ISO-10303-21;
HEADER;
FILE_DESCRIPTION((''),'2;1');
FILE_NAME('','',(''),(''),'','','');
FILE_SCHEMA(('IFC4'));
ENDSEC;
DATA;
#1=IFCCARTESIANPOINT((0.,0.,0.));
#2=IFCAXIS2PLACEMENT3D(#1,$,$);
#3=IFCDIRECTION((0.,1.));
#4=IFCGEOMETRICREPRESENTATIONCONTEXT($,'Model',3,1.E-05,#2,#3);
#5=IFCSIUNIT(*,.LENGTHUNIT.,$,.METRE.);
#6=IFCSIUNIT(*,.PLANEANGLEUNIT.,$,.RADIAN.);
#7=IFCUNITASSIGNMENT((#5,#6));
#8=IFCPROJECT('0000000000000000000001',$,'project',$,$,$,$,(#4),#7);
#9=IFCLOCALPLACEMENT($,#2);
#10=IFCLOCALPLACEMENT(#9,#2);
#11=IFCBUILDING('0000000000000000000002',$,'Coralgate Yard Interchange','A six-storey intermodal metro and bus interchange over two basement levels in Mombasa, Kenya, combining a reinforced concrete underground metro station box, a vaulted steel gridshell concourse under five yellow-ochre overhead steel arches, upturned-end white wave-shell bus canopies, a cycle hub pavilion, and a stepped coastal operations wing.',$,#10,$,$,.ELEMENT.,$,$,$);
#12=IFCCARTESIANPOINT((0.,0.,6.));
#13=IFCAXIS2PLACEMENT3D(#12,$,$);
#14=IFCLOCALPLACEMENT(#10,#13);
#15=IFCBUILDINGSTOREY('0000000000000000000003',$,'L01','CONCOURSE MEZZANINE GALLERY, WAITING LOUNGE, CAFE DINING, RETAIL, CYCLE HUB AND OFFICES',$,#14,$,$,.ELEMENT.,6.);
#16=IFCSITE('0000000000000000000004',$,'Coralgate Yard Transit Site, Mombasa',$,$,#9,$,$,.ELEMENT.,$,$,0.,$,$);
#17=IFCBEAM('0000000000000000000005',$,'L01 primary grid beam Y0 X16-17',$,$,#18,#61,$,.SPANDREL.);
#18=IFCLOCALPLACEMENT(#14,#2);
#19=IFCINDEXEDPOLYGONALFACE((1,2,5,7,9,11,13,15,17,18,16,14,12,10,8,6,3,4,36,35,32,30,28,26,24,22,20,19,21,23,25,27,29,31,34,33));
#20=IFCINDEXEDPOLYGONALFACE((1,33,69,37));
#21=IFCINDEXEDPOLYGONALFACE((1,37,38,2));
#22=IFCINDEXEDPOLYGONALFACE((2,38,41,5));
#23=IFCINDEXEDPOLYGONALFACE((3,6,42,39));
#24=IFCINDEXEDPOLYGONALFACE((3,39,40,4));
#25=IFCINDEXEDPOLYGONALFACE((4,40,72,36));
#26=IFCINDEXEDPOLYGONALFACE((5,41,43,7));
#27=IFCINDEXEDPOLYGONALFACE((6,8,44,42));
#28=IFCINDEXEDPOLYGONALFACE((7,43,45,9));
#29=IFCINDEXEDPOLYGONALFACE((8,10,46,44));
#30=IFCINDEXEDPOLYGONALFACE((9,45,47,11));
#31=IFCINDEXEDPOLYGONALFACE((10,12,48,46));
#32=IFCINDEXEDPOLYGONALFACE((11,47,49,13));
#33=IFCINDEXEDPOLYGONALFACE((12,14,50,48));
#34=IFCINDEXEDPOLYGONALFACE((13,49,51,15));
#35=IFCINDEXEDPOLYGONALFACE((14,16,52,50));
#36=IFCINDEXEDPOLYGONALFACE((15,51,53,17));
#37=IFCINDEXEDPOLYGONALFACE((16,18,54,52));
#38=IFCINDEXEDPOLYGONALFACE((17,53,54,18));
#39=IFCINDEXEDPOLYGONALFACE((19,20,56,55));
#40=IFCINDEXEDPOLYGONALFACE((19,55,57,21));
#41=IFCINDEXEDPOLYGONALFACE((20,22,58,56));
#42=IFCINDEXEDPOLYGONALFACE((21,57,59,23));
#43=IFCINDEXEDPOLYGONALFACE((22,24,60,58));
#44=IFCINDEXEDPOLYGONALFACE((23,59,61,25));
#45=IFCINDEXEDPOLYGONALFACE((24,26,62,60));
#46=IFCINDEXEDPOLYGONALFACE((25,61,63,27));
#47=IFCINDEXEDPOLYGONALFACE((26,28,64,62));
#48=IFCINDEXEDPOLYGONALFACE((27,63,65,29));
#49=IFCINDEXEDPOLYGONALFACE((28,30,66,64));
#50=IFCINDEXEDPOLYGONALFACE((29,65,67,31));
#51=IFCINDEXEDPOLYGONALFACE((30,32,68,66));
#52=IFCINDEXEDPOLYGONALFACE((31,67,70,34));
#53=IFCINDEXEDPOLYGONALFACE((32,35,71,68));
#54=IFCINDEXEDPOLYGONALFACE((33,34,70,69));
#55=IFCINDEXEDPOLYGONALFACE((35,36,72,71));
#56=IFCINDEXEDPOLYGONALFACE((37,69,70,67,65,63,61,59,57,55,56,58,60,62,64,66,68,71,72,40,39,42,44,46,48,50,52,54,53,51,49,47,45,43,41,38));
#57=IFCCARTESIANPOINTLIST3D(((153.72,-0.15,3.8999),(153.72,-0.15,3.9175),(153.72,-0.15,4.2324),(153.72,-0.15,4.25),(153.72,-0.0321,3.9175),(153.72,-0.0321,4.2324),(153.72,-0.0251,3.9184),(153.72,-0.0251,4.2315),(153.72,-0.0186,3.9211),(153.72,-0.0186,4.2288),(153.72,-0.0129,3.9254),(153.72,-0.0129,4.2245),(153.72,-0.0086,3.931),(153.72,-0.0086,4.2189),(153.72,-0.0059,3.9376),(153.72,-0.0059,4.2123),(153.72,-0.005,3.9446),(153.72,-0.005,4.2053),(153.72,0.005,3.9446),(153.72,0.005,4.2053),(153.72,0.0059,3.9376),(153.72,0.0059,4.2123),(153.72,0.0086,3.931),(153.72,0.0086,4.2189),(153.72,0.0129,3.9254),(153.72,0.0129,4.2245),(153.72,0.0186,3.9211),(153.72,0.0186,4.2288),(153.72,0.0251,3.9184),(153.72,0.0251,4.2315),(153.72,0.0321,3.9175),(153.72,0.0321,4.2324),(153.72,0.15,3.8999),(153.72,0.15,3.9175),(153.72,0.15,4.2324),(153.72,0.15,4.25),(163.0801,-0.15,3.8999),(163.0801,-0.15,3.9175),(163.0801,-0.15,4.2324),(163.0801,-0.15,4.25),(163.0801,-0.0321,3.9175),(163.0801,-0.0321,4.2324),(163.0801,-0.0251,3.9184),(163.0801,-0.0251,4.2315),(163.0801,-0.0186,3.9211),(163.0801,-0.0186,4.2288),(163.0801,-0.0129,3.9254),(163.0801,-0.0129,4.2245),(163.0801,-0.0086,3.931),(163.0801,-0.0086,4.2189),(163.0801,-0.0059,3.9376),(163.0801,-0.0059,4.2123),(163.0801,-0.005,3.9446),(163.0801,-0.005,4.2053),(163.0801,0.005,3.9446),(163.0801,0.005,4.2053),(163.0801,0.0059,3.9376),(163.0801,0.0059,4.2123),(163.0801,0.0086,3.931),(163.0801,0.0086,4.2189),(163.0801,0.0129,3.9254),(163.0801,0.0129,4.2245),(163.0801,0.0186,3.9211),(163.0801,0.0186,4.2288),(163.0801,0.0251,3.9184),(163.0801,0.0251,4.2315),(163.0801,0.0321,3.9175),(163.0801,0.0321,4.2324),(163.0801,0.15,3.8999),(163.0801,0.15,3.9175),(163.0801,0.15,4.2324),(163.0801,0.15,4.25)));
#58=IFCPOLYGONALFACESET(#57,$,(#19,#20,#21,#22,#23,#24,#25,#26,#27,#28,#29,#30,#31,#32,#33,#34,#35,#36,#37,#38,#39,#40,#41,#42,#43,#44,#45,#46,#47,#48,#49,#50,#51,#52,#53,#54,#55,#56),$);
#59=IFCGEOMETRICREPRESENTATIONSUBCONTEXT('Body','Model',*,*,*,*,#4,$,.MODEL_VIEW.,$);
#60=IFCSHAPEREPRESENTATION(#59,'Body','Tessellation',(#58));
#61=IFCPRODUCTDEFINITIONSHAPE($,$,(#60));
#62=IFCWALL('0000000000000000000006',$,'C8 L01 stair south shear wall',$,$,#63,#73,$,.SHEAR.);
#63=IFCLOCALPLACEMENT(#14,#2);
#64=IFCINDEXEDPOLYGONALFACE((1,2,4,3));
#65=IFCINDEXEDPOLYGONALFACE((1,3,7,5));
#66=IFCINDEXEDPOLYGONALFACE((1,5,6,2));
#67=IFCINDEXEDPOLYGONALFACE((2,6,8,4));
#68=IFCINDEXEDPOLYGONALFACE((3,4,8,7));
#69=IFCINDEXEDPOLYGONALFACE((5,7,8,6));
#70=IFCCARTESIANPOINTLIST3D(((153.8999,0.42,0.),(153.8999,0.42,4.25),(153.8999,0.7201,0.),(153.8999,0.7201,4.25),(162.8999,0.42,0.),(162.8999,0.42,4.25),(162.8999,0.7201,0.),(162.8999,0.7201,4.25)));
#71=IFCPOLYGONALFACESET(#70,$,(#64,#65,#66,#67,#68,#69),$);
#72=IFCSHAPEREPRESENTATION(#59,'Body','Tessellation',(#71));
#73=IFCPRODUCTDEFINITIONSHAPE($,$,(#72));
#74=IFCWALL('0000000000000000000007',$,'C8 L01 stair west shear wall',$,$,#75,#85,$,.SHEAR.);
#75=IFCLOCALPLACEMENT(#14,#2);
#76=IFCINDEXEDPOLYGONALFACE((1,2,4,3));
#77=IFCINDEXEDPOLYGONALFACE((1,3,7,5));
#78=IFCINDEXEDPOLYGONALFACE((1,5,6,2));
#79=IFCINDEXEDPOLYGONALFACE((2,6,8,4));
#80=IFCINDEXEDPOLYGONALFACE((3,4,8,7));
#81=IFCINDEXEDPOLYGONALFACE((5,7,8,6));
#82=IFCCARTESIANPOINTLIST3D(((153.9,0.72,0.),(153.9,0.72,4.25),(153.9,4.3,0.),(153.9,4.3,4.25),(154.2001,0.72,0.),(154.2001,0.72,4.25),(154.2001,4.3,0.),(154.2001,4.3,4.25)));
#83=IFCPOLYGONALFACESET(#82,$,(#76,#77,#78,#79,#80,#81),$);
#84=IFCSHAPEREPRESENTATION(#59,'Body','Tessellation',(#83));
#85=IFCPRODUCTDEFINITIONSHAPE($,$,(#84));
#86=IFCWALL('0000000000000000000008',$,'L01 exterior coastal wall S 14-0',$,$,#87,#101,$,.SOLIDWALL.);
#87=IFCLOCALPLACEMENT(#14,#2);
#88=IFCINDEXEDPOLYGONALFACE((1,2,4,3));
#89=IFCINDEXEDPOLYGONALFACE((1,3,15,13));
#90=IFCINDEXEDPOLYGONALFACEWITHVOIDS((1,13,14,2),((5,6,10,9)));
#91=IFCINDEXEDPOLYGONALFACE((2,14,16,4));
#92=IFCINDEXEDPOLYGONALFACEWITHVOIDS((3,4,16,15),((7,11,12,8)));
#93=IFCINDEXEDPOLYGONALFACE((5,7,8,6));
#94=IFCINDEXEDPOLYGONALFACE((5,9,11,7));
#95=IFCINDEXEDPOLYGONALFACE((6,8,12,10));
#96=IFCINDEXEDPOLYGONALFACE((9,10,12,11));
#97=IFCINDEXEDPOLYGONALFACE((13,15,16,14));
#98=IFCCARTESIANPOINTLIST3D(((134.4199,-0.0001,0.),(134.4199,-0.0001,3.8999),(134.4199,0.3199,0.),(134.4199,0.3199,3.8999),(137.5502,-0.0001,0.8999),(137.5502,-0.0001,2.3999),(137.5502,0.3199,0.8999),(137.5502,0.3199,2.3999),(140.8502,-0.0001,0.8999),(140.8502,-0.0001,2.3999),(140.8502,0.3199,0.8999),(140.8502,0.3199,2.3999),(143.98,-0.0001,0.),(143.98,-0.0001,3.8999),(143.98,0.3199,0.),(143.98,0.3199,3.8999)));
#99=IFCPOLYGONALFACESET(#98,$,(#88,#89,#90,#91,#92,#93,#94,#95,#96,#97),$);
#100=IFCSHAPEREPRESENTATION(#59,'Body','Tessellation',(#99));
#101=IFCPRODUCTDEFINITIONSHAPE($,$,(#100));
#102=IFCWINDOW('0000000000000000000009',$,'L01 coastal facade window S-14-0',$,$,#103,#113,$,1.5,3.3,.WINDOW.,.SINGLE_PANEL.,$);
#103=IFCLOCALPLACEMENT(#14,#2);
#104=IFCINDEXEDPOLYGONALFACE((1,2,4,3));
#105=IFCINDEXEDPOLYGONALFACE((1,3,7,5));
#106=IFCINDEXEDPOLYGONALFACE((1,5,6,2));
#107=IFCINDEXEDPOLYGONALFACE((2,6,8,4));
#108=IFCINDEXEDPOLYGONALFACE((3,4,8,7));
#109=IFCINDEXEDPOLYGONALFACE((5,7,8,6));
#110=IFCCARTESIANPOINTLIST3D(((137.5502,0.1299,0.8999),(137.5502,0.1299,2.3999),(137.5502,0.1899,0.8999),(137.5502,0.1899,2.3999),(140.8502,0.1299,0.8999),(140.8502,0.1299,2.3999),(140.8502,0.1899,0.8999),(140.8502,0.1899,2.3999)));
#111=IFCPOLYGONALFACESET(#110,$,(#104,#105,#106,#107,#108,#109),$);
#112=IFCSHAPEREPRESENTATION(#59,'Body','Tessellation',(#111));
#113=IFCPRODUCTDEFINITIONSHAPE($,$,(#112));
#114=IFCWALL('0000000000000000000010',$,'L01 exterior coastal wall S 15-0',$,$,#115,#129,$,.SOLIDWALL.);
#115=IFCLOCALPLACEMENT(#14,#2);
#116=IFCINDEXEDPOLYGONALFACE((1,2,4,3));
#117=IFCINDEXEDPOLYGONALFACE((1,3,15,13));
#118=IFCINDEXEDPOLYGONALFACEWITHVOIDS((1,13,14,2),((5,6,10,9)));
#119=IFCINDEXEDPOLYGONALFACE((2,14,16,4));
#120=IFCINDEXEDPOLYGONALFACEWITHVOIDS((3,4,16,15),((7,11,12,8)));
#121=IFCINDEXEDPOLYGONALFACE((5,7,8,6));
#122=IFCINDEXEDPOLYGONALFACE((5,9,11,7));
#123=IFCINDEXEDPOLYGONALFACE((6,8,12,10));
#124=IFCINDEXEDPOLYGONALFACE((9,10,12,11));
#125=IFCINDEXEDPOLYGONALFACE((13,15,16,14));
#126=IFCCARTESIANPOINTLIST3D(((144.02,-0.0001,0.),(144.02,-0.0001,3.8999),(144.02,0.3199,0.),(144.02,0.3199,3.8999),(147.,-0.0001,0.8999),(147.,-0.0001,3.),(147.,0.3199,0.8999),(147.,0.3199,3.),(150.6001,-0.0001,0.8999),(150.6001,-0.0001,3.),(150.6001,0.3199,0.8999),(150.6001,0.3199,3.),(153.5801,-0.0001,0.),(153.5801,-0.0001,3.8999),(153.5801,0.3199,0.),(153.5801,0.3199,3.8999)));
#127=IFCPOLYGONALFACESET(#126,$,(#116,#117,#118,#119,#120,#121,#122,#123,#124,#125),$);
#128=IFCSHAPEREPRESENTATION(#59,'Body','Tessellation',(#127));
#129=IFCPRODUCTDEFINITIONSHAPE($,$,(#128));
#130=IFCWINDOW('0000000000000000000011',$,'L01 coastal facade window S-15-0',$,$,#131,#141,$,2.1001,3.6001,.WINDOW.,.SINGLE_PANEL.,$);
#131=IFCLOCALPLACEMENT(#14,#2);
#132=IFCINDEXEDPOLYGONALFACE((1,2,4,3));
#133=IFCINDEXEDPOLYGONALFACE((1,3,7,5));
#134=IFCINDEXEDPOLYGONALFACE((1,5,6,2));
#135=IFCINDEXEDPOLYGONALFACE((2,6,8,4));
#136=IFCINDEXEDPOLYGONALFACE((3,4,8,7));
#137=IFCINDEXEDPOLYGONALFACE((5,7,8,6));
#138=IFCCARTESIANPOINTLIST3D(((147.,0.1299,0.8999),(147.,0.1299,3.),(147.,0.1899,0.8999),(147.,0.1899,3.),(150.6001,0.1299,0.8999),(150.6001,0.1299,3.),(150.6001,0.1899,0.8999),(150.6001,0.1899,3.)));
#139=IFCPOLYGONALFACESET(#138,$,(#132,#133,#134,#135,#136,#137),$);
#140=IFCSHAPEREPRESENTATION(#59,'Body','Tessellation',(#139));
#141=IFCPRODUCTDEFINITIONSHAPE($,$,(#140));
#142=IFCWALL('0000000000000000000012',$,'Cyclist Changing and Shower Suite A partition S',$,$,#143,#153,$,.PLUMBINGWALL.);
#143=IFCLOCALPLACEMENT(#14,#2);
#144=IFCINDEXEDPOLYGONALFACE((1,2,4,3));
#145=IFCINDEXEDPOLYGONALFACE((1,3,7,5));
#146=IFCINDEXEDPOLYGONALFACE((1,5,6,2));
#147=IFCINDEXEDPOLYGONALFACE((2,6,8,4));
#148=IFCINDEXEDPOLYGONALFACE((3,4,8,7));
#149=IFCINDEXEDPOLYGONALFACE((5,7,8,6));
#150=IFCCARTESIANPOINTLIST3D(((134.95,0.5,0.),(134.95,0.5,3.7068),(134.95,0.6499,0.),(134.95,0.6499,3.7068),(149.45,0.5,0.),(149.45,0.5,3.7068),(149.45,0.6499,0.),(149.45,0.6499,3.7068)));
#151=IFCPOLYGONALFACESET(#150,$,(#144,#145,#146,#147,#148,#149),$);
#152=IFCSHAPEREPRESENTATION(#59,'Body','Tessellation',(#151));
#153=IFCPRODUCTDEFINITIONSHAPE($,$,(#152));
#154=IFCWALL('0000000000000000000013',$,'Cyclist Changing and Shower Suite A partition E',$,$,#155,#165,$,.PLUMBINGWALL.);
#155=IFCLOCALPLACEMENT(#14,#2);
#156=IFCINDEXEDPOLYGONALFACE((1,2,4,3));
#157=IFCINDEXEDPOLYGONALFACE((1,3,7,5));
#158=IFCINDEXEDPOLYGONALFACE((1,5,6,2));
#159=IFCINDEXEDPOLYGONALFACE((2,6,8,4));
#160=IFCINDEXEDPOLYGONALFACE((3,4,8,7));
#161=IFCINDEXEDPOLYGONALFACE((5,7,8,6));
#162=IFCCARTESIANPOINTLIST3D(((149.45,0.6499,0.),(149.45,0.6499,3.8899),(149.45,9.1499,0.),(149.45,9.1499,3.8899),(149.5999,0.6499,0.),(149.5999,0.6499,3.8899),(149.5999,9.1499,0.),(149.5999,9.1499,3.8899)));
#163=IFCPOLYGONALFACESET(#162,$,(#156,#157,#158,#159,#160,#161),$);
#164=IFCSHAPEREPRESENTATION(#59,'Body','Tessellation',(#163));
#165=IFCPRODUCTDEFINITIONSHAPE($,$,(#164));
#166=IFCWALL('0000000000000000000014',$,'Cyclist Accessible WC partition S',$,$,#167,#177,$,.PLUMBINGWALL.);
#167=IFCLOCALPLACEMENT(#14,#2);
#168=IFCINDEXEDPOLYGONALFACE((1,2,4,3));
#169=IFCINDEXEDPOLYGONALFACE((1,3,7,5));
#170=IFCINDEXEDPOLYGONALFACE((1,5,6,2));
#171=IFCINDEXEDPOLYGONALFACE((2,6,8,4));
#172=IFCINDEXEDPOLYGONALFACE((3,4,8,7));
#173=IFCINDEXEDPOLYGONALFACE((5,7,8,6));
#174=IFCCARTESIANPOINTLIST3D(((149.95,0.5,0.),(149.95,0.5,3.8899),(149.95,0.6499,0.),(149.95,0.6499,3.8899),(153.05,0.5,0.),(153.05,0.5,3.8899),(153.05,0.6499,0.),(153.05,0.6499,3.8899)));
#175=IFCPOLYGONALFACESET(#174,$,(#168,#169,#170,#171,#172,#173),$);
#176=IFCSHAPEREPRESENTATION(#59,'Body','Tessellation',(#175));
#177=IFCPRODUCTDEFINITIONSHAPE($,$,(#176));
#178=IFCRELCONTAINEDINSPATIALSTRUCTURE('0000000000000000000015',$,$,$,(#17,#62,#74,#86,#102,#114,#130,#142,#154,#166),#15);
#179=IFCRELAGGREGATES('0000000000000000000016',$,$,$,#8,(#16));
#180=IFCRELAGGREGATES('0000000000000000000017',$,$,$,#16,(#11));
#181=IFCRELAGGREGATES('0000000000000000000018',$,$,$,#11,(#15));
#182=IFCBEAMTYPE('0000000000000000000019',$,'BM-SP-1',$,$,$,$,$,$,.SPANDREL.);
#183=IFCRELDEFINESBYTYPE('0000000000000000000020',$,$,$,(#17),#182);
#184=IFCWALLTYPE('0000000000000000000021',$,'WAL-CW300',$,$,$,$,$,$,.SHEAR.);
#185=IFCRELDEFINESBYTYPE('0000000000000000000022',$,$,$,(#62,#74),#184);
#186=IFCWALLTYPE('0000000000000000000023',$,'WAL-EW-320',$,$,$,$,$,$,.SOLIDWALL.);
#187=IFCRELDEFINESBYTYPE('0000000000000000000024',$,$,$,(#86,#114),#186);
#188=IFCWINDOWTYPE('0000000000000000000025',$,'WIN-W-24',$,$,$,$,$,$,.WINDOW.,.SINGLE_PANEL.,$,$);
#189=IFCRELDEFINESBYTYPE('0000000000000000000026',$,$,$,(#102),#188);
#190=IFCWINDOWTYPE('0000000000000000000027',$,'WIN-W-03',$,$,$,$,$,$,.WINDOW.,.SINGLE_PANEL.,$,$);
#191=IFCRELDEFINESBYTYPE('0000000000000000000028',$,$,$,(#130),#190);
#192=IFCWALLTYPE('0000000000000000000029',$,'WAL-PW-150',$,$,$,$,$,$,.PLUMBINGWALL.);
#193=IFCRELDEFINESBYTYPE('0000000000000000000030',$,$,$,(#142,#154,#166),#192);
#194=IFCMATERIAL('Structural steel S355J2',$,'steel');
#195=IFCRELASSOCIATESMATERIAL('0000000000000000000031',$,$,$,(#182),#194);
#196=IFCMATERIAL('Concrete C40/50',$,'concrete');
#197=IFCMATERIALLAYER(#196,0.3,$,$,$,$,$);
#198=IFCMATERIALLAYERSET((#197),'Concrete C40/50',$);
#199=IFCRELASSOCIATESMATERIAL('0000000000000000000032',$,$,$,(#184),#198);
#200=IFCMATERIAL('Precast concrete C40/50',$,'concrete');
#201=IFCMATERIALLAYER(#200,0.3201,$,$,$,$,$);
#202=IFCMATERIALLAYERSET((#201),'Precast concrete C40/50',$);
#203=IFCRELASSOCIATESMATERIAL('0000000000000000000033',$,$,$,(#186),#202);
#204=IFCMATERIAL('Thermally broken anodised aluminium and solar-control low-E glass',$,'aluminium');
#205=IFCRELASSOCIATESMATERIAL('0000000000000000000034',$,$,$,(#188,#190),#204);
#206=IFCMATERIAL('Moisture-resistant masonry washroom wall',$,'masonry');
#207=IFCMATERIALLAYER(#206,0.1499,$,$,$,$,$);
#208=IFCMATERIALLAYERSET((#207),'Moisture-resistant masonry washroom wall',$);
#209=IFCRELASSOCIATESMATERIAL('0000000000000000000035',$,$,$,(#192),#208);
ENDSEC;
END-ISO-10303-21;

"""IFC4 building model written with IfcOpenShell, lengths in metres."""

from ifc_helpers import new_model, si_unit, direction, frame, frame_2d, origin, origin_2d, place, context, subcontext, project, spatial, rectangle, i_section, extrude, material, layer, layer_set, material_profile, profile_set, type_object, element, fill, save


model = new_model("IFC4")

# Units and contexts
model_context = context("Model", 3, precision=1e-05, world=origin(), true_north=direction((0.0, 1.0)))
body_context = subcontext(model_context, "Body", "Model", "MODEL_VIEW")
ifc_project = project(units=[si_unit("LENGTHUNIT", "METRE"), si_unit("PLANEANGLEUNIT", "RADIAN")], contexts=[model_context])

# Site, building, storey
site_placement = place(None, origin())
site = spatial("IfcSite", under=ifc_project, at=site_placement, Name="Coralgate Yard Transit Site, Mombasa", CompositionType="ELEMENT", RefElevation=0.0)
building_placement = place(site_placement, origin())
building = spatial("IfcBuilding", under=site, at=building_placement, Name="Coralgate Yard Interchange", Description="A six-storey intermodal metro and bus interchange over two basement levels in Mombasa, Kenya, combining a reinforced concrete underground metro station box, a vaulted steel gridshell concourse under five yellow-ochre overhead steel arches, upturned-end white wave-shell bus canopies, a cycle hub pavilion, and a stepped coastal operations wing.", CompositionType="ELEMENT")
storey_placement = place(building_placement, frame((0.0, 0.0, 6.0)))
storey = spatial("IfcBuildingStorey", under=building, at=storey_placement, Name="L01", Description="CONCOURSE MEZZANINE GALLERY, WAITING LOUNGE, CAFE DINING, RETAIL, CYCLE HUB AND OFFICES", CompositionType="ELEMENT", Elevation=6.0)

# Shared definitions
ifc_material_1 = material(Name="Structural steel S355J2", Category="steel")

# Beam
ifc_material_profile_1 = material_profile(ifc_material_1, i_section(OverallWidth=0.3, OverallDepth=0.3501, WebThickness=0.01, FlangeThickness=0.0176, FilletRadius=0.0271, at=origin_2d()), Name="HEA 360")
ifc_profile_set_1 = profile_set([ifc_material_profile_1], Name="Structural steel S355J2")
beam_type_1 = type_object("IfcBeamType", Name="BM-SP-1", PredefinedType="SPANDREL", material=ifc_profile_set_1)
beam_1_placement = place(storey_placement, frame((153.72, 0.0, 4.075), z_axis=(1.0, 0.0, 0.0), x_axis=(0.0, 1.0, 0.0)))
element("IfcBeam", 1, at=beam_1_placement, inside=storey, type_object=beam_type_1, Name="L01 primary grid beam Y0 X16-17", PredefinedType="SPANDREL", context=body_context, shape_type="SweptSolid", body=[
    extrude(i_section(OverallWidth=0.3, OverallDepth=0.3501, WebThickness=0.01, FlangeThickness=0.0176, FilletRadius=0.0271, at=origin_2d()), origin(), (0.0, 0.0, 1.0), 9.3601),
])

# Walls
ifc_material_2 = material(Name="Concrete C40/50", Category="concrete")
ifc_layer_1 = layer(ifc_material_2, 0.3)
ifc_layer_set_1 = layer_set([ifc_layer_1], Name="Concrete C40/50")
wall_type_1 = type_object("IfcWallType", Name="WAL-CW300", PredefinedType="SHEAR", material=ifc_layer_set_1)
wall_1_placement = place(storey_placement, frame((153.8999, 0.5701, 0.0), z_axis=(0.0, 0.0, 1.0), x_axis=(1.0, 0.0, 0.0)))
element("IfcWall", 2, at=wall_1_placement, inside=storey, type_object=wall_type_1, Name="C8 L01 stair south shear wall", PredefinedType="SHEAR", context=body_context, shape_type="SweptSolid", body=[
    extrude(rectangle(XDim=9.0, YDim=0.3, at=frame_2d((4.5, 0.0))), origin(), (0.0, 0.0, 1.0), 4.25),
])
wall_2_placement = place(storey_placement, frame((154.05, 0.72, 0.0), z_axis=(0.0, 0.0, 1.0), x_axis=(0.0, 1.0, 0.0)))
element("IfcWall", 3, at=wall_2_placement, inside=storey, type_object=wall_type_1, Name="C8 L01 stair west shear wall", PredefinedType="SHEAR", context=body_context, shape_type="SweptSolid", body=[
    extrude(rectangle(XDim=3.5801, YDim=0.3, at=frame_2d((1.79, 0.0))), origin(), (0.0, 0.0, 1.0), 4.25),
])

# Walls, openings, windows
ifc_material_3 = material(Name="Precast concrete C40/50", Category="concrete")
ifc_layer_2 = layer(ifc_material_3, 0.3201)
ifc_layer_set_2 = layer_set([ifc_layer_2], Name="Precast concrete C40/50")
wall_type_2 = type_object("IfcWallType", Name="WAL-EW-320", PredefinedType="SOLIDWALL", material=ifc_layer_set_2)
wall_3_placement = place(storey_placement, frame((143.98, 0.1599, 0.0), z_axis=(0.0, 0.0, 1.0), x_axis=(-1.0, 0.0, 0.0)))
wall_3 = element("IfcWall", 4, at=wall_3_placement, inside=storey, type_object=wall_type_2, Name="L01 exterior coastal wall S 14-0", PredefinedType="SOLIDWALL", context=body_context, shape_type="SweptSolid", body=[
    extrude(rectangle(XDim=9.5601, YDim=0.3201, at=frame_2d((4.78, 0.0))), origin(), (0.0, 0.0, 1.0), 3.8999),
])
opening_1_placement = place(wall_3_placement, frame((3.1299, 0.0, 0.8999)))
opening_1 = element("IfcOpeningElement", 5, at=opening_1_placement, cuts=wall_3, PredefinedType="OPENING", context=body_context, shape_type="SweptSolid", body=[
    extrude(rectangle(XDim=3.3, YDim=1.5, at=frame_2d((1.6499, 0.75))), frame((0.0, 0.1699, 0.0), z_axis=(0.0, -1.0, 0.0), x_axis=(1.0, 0.0, 0.0)), (0.0, 0.0, 1.0), 0.3401),
])
ifc_material_4 = material(Name="Thermally broken anodised aluminium and solar-control low-E glass", Category="aluminium")
window_type_1 = type_object("IfcWindowType", Name="WIN-W-24", PartitioningType="SINGLE_PANEL", PredefinedType="WINDOW", material=ifc_material_4)
window_1_placement = place(opening_1_placement, origin())
window_1 = element("IfcWindow", 6, at=window_1_placement, inside=storey, type_object=window_type_1, Name="L01 coastal facade window S-14-0", OverallHeight=1.5, OverallWidth=3.3, PartitioningType="SINGLE_PANEL", PredefinedType="WINDOW", context=body_context, shape_type="SweptSolid", body=[
    extrude(rectangle(XDim=3.3, YDim=1.5, at=frame_2d((1.6499, 0.75))), frame((0.0, 0.03, 0.0), z_axis=(0.0, -1.0, 0.0), x_axis=(1.0, 0.0, 0.0)), (0.0, 0.0, 1.0), 0.0601),
])
fill(opening_1, window_1)
wall_4_placement = place(storey_placement, frame((153.5801, 0.1599, 0.0), z_axis=(0.0, 0.0, 1.0), x_axis=(-1.0, 0.0, 0.0)))
wall_4 = element("IfcWall", 7, at=wall_4_placement, inside=storey, type_object=wall_type_2, Name="L01 exterior coastal wall S 15-0", PredefinedType="SOLIDWALL", context=body_context, shape_type="SweptSolid", body=[
    extrude(rectangle(XDim=9.5601, YDim=0.3201, at=frame_2d((4.78, 0.0))), origin(), (0.0, 0.0, 1.0), 3.8999),
])
opening_2_placement = place(wall_4_placement, frame((2.98, 0.0, 0.8999)))
opening_2 = element("IfcOpeningElement", 8, at=opening_2_placement, cuts=wall_4, PredefinedType="OPENING", context=body_context, shape_type="SweptSolid", body=[
    extrude(rectangle(XDim=3.6001, YDim=2.1001, at=frame_2d((1.8, 1.05))), frame((0.0, 0.1699, 0.0), z_axis=(0.0, -1.0, 0.0), x_axis=(1.0, 0.0, 0.0)), (0.0, 0.0, 1.0), 0.3401),
])
window_type_2 = type_object("IfcWindowType", Name="WIN-W-03", PartitioningType="SINGLE_PANEL", PredefinedType="WINDOW", material=ifc_material_4)
window_2_placement = place(opening_2_placement, origin())
window_2 = element("IfcWindow", 9, at=window_2_placement, inside=storey, type_object=window_type_2, Name="L01 coastal facade window S-15-0", OverallHeight=2.1001, OverallWidth=3.6001, PartitioningType="SINGLE_PANEL", PredefinedType="WINDOW", context=body_context, shape_type="SweptSolid", body=[
    extrude(rectangle(XDim=3.6001, YDim=2.1001, at=frame_2d((1.8, 1.05))), frame((0.0, 0.03, 0.0), z_axis=(0.0, -1.0, 0.0), x_axis=(1.0, 0.0, 0.0)), (0.0, 0.0, 1.0), 0.0601),
])
fill(opening_2, window_2)

# Walls
ifc_material_5 = material(Name="Moisture-resistant masonry washroom wall", Category="masonry")
ifc_layer_3 = layer(ifc_material_5, 0.1499)
ifc_layer_set_3 = layer_set([ifc_layer_3], Name="Moisture-resistant masonry washroom wall")
wall_type_3 = type_object("IfcWallType", Name="WAL-PW-150", PredefinedType="PLUMBINGWALL", material=ifc_layer_set_3)
wall_5_placement = place(storey_placement, frame((149.45, 0.575, 0.0), z_axis=(0.0, 0.0, 1.0), x_axis=(-1.0, 0.0, 0.0)))
element("IfcWall", 10, at=wall_5_placement, inside=storey, type_object=wall_type_3, Name="Cyclist Changing and Shower Suite A partition S", PredefinedType="PLUMBINGWALL", context=body_context, shape_type="SweptSolid", body=[
    extrude(rectangle(XDim=14.5, YDim=0.1499, at=frame_2d((7.25, 0.0))), origin(), (0.0, 0.0, 1.0), 3.7068),
])
wall_6_placement = place(storey_placement, frame((149.5249, 9.1499, 0.0), z_axis=(0.0, 0.0, 1.0), x_axis=(0.0, -1.0, 0.0)))
element("IfcWall", 11, at=wall_6_placement, inside=storey, type_object=wall_type_3, Name="Cyclist Changing and Shower Suite A partition E", PredefinedType="PLUMBINGWALL", context=body_context, shape_type="SweptSolid", body=[
    extrude(rectangle(XDim=8.5, YDim=0.1499, at=frame_2d((4.25, 0.0))), origin(), (0.0, 0.0, 1.0), 3.8899),
])
wall_7_placement = place(storey_placement, frame((153.05, 0.575, 0.0), z_axis=(0.0, 0.0, 1.0), x_axis=(-1.0, 0.0, 0.0)))
element("IfcWall", 12, at=wall_7_placement, inside=storey, type_object=wall_type_3, Name="Cyclist Accessible WC partition S", PredefinedType="PLUMBINGWALL", context=body_context, shape_type="SweptSolid", body=[
    extrude(rectangle(XDim=3.1001, YDim=0.1499, at=frame_2d((1.55, 0.0))), origin(), (0.0, 0.0, 1.0), 3.8899),
])

save(model, "model.ifc")
